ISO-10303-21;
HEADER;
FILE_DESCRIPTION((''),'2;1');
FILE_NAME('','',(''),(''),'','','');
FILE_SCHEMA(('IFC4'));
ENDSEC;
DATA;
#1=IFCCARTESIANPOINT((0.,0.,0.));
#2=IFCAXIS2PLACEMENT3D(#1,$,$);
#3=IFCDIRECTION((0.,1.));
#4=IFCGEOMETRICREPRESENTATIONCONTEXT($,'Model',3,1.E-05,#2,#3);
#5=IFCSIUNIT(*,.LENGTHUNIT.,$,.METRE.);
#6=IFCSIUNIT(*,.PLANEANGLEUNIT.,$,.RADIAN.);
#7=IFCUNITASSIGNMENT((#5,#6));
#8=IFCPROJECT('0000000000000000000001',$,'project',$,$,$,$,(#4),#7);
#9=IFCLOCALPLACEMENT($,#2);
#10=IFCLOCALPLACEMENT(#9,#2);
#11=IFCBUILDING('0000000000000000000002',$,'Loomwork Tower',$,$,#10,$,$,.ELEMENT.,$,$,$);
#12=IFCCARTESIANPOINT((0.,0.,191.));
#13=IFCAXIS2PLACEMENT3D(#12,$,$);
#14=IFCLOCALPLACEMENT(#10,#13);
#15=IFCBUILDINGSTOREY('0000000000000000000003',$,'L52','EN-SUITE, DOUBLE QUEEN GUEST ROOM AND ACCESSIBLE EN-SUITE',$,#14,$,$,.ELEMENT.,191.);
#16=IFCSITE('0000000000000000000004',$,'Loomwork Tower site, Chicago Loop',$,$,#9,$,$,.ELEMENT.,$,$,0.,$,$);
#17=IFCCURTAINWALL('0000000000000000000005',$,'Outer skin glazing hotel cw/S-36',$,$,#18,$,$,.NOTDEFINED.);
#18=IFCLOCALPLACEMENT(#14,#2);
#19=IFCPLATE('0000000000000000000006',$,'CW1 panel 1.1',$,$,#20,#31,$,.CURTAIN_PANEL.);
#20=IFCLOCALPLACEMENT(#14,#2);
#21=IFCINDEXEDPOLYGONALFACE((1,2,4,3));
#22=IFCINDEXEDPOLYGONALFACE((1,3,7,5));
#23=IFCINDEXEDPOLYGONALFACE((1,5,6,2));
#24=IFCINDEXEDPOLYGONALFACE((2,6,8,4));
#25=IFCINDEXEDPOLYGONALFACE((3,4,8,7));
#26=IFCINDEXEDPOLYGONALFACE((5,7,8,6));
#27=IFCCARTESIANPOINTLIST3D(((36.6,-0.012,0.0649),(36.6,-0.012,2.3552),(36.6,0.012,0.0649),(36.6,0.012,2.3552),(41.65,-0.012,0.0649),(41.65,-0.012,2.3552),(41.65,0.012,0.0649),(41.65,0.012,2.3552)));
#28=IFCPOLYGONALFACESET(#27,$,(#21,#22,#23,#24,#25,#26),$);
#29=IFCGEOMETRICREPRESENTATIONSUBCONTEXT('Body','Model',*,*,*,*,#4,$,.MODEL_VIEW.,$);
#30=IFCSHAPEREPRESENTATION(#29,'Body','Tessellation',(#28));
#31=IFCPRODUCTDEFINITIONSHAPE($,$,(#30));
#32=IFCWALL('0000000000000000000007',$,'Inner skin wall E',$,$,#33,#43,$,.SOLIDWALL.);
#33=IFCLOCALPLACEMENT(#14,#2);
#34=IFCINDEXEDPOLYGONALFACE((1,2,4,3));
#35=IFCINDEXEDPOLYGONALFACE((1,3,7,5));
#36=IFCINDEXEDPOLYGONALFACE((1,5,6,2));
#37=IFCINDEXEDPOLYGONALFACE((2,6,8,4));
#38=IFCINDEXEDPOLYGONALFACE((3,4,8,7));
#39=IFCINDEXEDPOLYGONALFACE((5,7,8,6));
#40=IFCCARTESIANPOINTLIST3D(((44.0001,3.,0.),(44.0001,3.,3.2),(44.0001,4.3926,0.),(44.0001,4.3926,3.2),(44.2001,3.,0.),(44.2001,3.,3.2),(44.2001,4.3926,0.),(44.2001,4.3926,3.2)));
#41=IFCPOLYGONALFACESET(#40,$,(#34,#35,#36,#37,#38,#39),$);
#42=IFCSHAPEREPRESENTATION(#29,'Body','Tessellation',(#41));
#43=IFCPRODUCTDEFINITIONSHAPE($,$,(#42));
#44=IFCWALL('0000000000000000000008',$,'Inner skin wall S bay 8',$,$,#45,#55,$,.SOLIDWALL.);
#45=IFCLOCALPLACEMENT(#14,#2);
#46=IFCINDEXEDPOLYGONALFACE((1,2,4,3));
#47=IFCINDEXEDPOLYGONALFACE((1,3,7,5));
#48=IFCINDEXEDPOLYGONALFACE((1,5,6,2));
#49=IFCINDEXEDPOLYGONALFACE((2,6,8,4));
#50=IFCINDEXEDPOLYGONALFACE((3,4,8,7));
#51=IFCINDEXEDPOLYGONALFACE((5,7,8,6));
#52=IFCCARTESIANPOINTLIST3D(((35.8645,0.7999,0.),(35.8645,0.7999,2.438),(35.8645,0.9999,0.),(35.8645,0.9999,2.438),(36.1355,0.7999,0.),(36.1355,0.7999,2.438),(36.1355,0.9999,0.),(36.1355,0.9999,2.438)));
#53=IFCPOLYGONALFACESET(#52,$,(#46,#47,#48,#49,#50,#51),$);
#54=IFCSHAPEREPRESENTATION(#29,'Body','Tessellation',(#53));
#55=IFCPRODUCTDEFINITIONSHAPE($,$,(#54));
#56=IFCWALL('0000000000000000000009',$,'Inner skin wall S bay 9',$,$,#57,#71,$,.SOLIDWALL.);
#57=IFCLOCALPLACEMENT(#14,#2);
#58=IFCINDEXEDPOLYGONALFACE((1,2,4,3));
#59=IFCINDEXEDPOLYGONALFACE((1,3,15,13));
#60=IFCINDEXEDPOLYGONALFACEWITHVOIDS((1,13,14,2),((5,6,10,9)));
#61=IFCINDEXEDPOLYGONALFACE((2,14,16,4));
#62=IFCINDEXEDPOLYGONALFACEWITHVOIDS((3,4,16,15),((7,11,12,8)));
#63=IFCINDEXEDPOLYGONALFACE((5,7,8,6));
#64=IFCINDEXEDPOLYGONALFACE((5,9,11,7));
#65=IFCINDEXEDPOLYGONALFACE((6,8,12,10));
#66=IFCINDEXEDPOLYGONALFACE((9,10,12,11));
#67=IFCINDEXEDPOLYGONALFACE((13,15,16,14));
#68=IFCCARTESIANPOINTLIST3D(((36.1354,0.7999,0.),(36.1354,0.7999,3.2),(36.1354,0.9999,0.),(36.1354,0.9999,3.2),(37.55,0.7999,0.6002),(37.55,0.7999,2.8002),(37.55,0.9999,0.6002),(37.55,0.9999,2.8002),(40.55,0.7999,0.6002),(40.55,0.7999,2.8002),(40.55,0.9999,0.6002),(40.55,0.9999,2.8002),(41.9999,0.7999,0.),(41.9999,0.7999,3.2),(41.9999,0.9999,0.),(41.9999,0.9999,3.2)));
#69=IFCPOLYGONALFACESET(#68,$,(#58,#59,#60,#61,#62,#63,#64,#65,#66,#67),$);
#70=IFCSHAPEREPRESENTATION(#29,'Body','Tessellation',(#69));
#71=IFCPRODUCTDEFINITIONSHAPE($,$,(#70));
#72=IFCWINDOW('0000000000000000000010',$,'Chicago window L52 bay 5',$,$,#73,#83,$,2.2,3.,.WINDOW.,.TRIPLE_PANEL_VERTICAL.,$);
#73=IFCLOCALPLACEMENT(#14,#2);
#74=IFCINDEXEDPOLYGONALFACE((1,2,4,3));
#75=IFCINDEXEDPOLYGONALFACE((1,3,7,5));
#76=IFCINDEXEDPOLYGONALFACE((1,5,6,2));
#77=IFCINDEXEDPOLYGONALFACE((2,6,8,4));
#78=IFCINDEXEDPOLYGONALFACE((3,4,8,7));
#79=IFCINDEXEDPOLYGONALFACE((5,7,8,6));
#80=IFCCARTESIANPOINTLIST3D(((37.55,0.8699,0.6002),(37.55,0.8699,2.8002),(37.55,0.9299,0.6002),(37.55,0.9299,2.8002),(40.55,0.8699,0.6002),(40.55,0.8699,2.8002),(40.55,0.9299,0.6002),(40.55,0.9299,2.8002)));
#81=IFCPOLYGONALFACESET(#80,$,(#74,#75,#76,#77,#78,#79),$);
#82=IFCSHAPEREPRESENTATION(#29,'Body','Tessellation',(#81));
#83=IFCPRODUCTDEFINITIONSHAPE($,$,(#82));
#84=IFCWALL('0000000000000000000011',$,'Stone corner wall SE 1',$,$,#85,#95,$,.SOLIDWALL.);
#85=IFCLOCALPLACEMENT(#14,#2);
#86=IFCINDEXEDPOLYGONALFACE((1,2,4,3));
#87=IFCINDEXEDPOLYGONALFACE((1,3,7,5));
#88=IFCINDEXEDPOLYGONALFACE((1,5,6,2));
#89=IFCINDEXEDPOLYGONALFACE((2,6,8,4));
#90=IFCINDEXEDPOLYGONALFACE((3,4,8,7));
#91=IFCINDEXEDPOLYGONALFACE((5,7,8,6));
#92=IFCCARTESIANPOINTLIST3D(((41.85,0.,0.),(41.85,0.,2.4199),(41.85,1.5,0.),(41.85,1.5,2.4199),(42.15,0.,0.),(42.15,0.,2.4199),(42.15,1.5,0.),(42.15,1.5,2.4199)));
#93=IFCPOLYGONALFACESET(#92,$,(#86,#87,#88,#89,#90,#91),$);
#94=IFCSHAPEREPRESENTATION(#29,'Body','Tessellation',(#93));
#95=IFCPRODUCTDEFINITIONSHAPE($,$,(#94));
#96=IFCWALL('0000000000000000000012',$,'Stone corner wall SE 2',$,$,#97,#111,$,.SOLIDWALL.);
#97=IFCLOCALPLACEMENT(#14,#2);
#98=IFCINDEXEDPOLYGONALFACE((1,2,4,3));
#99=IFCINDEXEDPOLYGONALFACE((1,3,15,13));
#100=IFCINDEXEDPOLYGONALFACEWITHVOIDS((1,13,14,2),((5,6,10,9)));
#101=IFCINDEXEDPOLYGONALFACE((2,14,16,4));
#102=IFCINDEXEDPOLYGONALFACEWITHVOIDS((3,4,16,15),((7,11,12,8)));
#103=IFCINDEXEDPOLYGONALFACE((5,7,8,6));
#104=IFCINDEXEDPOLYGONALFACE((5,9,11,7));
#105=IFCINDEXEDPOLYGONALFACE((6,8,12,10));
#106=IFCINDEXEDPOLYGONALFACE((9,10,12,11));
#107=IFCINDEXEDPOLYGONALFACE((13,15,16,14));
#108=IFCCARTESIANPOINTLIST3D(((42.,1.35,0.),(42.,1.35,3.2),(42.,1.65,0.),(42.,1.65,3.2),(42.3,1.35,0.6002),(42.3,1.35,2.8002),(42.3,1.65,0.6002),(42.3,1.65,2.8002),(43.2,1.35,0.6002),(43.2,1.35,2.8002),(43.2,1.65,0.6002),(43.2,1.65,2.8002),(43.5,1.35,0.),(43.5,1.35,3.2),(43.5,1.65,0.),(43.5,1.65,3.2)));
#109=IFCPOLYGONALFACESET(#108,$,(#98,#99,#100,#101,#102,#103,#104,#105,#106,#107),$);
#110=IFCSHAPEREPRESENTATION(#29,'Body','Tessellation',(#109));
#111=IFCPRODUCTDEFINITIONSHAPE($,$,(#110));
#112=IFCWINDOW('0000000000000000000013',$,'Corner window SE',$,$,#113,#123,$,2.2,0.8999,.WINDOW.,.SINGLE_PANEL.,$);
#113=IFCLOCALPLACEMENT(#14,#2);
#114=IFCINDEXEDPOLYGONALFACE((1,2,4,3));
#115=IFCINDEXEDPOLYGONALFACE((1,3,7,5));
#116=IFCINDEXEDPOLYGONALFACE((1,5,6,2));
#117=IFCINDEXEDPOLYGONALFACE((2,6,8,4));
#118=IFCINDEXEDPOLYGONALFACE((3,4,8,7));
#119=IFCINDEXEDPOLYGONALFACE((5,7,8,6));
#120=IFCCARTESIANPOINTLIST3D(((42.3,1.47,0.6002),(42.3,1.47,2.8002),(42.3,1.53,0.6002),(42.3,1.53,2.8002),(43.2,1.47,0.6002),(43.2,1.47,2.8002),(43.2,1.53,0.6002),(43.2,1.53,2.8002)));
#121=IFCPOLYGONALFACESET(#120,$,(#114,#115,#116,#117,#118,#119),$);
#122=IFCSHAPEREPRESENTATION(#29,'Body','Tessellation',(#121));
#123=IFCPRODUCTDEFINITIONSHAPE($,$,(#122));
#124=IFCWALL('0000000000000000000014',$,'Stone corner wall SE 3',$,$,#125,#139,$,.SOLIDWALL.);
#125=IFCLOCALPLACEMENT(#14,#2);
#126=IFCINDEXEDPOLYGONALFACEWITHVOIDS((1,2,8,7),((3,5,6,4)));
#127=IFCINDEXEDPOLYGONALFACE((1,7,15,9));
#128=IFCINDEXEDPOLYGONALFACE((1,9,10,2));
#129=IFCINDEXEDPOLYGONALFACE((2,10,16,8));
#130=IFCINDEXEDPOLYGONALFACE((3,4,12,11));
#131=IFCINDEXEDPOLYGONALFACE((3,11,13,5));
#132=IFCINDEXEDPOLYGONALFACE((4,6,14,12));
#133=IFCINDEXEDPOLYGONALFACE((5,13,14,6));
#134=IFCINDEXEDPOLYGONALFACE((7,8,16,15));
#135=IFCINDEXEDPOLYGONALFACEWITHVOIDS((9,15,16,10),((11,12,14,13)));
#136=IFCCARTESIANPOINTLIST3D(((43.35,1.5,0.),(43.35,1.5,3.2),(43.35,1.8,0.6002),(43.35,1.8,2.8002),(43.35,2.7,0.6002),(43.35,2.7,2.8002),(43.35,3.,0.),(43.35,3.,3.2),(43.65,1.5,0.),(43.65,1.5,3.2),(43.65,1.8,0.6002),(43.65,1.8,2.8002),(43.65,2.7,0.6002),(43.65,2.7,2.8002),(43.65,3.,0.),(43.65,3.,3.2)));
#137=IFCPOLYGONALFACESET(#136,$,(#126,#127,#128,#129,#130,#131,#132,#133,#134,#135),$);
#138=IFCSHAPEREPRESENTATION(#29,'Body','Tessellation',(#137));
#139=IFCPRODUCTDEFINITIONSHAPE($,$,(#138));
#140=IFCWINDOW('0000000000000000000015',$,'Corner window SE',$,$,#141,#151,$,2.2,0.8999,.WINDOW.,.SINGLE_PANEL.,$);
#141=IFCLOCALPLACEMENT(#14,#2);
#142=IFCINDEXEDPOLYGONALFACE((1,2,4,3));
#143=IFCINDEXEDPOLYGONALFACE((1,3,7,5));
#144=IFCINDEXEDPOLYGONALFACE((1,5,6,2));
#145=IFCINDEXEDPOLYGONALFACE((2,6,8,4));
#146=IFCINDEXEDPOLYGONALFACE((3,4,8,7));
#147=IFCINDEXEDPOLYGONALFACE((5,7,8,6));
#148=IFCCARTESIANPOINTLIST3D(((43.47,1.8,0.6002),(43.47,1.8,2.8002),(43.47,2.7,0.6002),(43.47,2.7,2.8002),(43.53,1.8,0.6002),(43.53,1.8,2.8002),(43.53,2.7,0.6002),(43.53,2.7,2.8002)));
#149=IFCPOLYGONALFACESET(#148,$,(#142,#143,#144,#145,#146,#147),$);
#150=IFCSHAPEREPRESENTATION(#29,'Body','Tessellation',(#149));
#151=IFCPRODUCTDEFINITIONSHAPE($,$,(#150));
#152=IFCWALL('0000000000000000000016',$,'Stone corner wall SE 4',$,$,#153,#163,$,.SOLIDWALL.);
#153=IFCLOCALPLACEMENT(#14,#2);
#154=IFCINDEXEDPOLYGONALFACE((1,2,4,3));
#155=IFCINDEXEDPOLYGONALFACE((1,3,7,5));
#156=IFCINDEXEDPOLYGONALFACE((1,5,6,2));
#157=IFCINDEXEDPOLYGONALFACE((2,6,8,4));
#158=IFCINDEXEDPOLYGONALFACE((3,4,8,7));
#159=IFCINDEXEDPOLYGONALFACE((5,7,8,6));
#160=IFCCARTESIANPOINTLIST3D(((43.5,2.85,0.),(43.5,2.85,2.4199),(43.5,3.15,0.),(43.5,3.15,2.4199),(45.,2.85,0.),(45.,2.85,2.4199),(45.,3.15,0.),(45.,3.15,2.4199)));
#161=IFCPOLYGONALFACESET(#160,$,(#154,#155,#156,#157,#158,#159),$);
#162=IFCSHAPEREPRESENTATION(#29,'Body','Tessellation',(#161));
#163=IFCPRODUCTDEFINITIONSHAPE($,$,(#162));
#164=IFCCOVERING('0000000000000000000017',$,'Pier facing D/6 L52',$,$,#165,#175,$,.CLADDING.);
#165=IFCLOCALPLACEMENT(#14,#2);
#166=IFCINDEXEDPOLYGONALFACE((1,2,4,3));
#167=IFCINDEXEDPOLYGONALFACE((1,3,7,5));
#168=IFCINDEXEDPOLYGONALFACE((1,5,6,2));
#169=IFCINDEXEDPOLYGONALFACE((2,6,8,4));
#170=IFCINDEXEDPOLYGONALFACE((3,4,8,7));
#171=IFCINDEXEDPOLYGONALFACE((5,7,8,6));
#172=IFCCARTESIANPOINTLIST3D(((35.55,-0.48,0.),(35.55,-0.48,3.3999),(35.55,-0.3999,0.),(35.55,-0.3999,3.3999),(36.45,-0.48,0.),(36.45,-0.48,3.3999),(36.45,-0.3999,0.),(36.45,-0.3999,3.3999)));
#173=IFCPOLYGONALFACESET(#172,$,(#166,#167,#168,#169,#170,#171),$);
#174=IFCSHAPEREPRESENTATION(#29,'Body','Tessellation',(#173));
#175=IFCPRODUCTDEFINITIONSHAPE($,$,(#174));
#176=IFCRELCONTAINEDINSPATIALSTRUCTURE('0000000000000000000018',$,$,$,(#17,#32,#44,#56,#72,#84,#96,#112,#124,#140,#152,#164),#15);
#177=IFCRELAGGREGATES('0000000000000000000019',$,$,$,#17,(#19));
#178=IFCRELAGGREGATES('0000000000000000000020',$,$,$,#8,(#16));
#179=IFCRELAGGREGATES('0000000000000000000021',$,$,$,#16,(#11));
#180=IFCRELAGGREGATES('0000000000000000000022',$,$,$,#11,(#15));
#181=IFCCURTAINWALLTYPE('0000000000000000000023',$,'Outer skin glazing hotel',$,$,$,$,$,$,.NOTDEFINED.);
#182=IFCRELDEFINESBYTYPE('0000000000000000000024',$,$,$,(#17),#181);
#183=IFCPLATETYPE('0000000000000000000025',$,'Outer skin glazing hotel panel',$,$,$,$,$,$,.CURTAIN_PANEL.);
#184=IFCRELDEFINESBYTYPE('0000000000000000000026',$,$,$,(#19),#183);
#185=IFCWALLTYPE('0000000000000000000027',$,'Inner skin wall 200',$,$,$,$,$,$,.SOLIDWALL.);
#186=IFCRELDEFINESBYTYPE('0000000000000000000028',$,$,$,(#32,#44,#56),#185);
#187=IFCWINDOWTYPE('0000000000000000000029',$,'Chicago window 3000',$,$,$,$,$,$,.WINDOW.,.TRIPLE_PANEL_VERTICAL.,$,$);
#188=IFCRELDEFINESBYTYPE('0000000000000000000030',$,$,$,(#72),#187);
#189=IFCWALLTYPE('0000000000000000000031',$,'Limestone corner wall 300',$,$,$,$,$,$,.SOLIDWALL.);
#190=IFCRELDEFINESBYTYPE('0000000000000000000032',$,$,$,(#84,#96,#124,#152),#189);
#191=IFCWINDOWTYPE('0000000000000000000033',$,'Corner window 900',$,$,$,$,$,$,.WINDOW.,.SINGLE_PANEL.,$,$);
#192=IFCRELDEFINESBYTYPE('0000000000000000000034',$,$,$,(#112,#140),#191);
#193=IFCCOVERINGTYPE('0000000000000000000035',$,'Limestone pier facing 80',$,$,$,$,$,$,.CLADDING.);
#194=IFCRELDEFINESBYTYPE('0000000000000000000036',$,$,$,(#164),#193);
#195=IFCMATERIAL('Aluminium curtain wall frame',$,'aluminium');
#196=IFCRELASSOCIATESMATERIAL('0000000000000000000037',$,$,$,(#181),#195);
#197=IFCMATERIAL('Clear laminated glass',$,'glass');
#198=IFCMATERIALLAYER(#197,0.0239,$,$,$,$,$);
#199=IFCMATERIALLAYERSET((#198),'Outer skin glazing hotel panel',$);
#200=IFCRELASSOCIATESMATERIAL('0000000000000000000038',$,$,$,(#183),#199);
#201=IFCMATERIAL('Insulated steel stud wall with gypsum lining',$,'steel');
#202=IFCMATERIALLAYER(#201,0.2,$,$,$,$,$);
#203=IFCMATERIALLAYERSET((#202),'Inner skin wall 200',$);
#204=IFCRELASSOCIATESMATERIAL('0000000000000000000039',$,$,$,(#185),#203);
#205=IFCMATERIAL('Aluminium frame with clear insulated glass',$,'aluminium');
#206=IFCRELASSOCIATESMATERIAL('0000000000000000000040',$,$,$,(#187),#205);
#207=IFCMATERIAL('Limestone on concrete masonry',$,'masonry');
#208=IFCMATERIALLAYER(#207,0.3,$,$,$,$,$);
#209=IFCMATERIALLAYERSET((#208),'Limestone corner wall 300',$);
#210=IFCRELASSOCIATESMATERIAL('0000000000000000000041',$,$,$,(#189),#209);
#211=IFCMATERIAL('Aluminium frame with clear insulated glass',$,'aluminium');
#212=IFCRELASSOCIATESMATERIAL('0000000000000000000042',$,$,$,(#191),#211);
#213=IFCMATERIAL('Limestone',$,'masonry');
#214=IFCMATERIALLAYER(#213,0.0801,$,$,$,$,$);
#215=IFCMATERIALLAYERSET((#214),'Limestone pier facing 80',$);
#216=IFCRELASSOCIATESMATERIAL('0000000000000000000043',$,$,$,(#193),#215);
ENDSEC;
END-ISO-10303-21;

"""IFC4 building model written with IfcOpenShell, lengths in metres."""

from ifc_helpers import new_model, si_unit, direction, frame, frame_2d, origin, origin_2d, place, context, subcontext, project, spatial, rectangle, extrude, material, layer, layer_set, type_object, element, fill, aggregate, save


model = new_model("IFC4")

# Units and contexts
model_context = context("Model", 3, precision=1e-05, world=origin(), true_north=direction((0.0, 1.0)))
body_context = subcontext(model_context, "Body", "Model", "MODEL_VIEW")
ifc_project = project(units=[si_unit("LENGTHUNIT", "METRE"), si_unit("PLANEANGLEUNIT", "RADIAN")], contexts=[model_context])

# Site, building, storey
site_placement = place(None, origin())
site = spatial("IfcSite", under=ifc_project, at=site_placement, Name="Loomwork Tower site, Chicago Loop", CompositionType="ELEMENT", RefElevation=0.0)
building_placement = place(site_placement, origin())
building = spatial("IfcBuilding", under=site, at=building_placement, Name="Loomwork Tower", CompositionType="ELEMENT")
storey_placement = place(building_placement, frame((0.0, 0.0, 191.0)))
storey = spatial("IfcBuildingStorey", under=building, at=storey_placement, Name="L52", Description="EN-SUITE, DOUBLE QUEEN GUEST ROOM AND ACCESSIBLE EN-SUITE", CompositionType="ELEMENT", Elevation=191.0)

# Curtain wall
ifc_material_1 = material(Name="Aluminium curtain wall frame", Category="aluminium")
curtain_wall_type = type_object("IfcCurtainWallType", Name="Outer skin glazing hotel", PredefinedType="NOTDEFINED", material=ifc_material_1)
curtain_wall_1_placement = place(storey_placement, origin())
curtain_wall_1 = element("IfcCurtainWall", 1, at=curtain_wall_1_placement, inside=storey, type_object=curtain_wall_type, Name="Outer skin glazing hotel cw/S-36", PredefinedType="NOTDEFINED")

# Plate
ifc_material_2 = material(Name="Clear laminated glass", Category="glass")
ifc_layer_1 = layer(ifc_material_2, 0.0239)
ifc_layer_set_1 = layer_set([ifc_layer_1], Name="Outer skin glazing hotel panel")
plate_type = type_object("IfcPlateType", Name="Outer skin glazing hotel panel", PredefinedType="CURTAIN_PANEL", material=ifc_layer_set_1)
plate_placement = place(storey_placement, frame((39.125, 0.0, 0.0649), z_axis=(0.0, 0.0, 1.0), x_axis=(1.0, 0.0, 0.0)))
plate = element("IfcPlate", 2, at=plate_placement, type_object=plate_type, Name="CW1 panel 1.1", PredefinedType="CURTAIN_PANEL", context=body_context, shape_type="SweptSolid", body=[
    extrude(rectangle(XDim=5.05, YDim=0.0239, at=origin_2d()), origin(), (0.0, 0.0, 1.0), 2.2903),
])
aggregate(curtain_wall_1, [plate])

# Walls
ifc_material_3 = material(Name="Insulated steel stud wall with gypsum lining", Category="steel")
ifc_layer_2 = layer(ifc_material_3, 0.2)
ifc_layer_set_2 = layer_set([ifc_layer_2], Name="Inner skin wall 200")
wall_type_1 = type_object("IfcWallType", Name="Inner skin wall 200", PredefinedType="SOLIDWALL", material=ifc_layer_set_2)
wall_1_placement = place(storey_placement, frame((44.1001, 3.0, 0.0), z_axis=(0.0, 0.0, 1.0), x_axis=(0.0, 1.0, 0.0)))
element("IfcWall", 3, at=wall_1_placement, inside=storey, type_object=wall_type_1, Name="Inner skin wall E", PredefinedType="SOLIDWALL", context=body_context, shape_type="SweptSolid", body=[
    extrude(rectangle(XDim=1.3926, YDim=0.2, at=frame_2d((0.6963, 0.0))), origin(), (0.0, 0.0, 1.0), 3.2),
])
wall_2_placement = place(storey_placement, frame((35.8645, 0.8999, 0.0), z_axis=(0.0, 0.0, 1.0), x_axis=(1.0, 0.0, 0.0)))
element("IfcWall", 4, at=wall_2_placement, inside=storey, type_object=wall_type_1, Name="Inner skin wall S bay 8", PredefinedType="SOLIDWALL", context=body_context, shape_type="SweptSolid", body=[
    extrude(rectangle(XDim=0.271, YDim=0.2, at=frame_2d((0.1355, 0.0))), origin(), (0.0, 0.0, 1.0), 2.438),
])

# Wall, opening, window
wall_3_placement = place(storey_placement, frame((36.1355, 0.8999, 0.0), z_axis=(0.0, 0.0, 1.0), x_axis=(1.0, 0.0, 0.0)))
wall_3 = element("IfcWall", 5, at=wall_3_placement, inside=storey, type_object=wall_type_1, Name="Inner skin wall S bay 9", PredefinedType="SOLIDWALL", context=body_context, shape_type="SweptSolid", body=[
    extrude(rectangle(XDim=5.8645, YDim=0.2, at=frame_2d((2.9321, 0.0))), origin(), (0.0, 0.0, 1.0), 3.2),
])
opening_1_placement = place(wall_3_placement, frame((1.4146, 0.0, 0.6001)))
opening_1 = element("IfcOpeningElement", 6, at=opening_1_placement, cuts=wall_3, PredefinedType="OPENING", context=body_context, shape_type="SweptSolid", body=[
    extrude(rectangle(XDim=3.0, YDim=2.2, at=frame_2d((1.5, 1.1001))), frame((0.0, 0.1099, 0.0), z_axis=(0.0, -1.0, 0.0), x_axis=(1.0, 0.0, 0.0)), (0.0, 0.0, 1.0), 0.22),
])
ifc_material_4 = material(Name="Aluminium frame with clear insulated glass", Category="aluminium")
window_type_1 = type_object("IfcWindowType", Name="Chicago window 3000", PartitioningType="TRIPLE_PANEL_VERTICAL", PredefinedType="WINDOW", material=ifc_material_4)
window_1_placement = place(opening_1_placement, origin())
window_1 = element("IfcWindow", 7, at=window_1_placement, inside=storey, type_object=window_type_1, Name="Chicago window L52 bay 5", OverallHeight=2.2, OverallWidth=3.0, PartitioningType="TRIPLE_PANEL_VERTICAL", PredefinedType="WINDOW", context=body_context, shape_type="SweptSolid", body=[
    extrude(rectangle(XDim=3.0, YDim=2.2, at=frame_2d((1.5, 1.1001))), frame((0.0, 0.03, 0.0), z_axis=(0.0, -1.0, 0.0), x_axis=(1.0, 0.0, 0.0)), (0.0, 0.0, 1.0), 0.0601),
])
fill(opening_1, window_1)

# Wall
ifc_material_5 = material(Name="Limestone on concrete masonry", Category="masonry")
ifc_layer_3 = layer(ifc_material_5, 0.3)
ifc_layer_set_3 = layer_set([ifc_layer_3], Name="Limestone corner wall 300")
wall_type_2 = type_object("IfcWallType", Name="Limestone corner wall 300", PredefinedType="SOLIDWALL", material=ifc_layer_set_3)
wall_4_placement = place(storey_placement, frame((42.0, 0.0, 0.0), z_axis=(0.0, 0.0, 1.0), x_axis=(0.0, 1.0, 0.0)))
element("IfcWall", 8, at=wall_4_placement, inside=storey, type_object=wall_type_2, Name="Stone corner wall SE 1", PredefinedType="SOLIDWALL", context=body_context, shape_type="SweptSolid", body=[
    extrude(rectangle(XDim=1.5, YDim=0.3, at=frame_2d((0.75, 0.0))), origin(), (0.0, 0.0, 1.0), 2.4199),
])

# Walls, openings, windows
wall_5_placement = place(storey_placement, frame((42.0, 1.5, 0.0), z_axis=(0.0, 0.0, 1.0), x_axis=(1.0, 0.0, 0.0)))
wall_5 = element("IfcWall", 9, at=wall_5_placement, inside=storey, type_object=wall_type_2, Name="Stone corner wall SE 2", PredefinedType="SOLIDWALL", context=body_context, shape_type="SweptSolid", body=[
    extrude(rectangle(XDim=1.5, YDim=0.3, at=frame_2d((0.75, 0.0))), origin(), (0.0, 0.0, 1.0), 3.2),
])
opening_2_placement = place(wall_5_placement, frame((0.3, 0.0, 0.6001)))
opening_2 = element("IfcOpeningElement", 10, at=opening_2_placement, cuts=wall_5, PredefinedType="OPENING", context=body_context, shape_type="SweptSolid", body=[
    extrude(rectangle(XDim=0.8999, YDim=2.2, at=frame_2d((0.45, 1.1001))), frame((0.0, 0.1599, 0.0), z_axis=(0.0, -1.0, 0.0), x_axis=(1.0, 0.0, 0.0)), (0.0, 0.0, 1.0), 0.3201),
])
ifc_material_6 = material(Name="Aluminium frame with clear insulated glass", Category="aluminium")
window_type_2 = type_object("IfcWindowType", Name="Corner window 900", PartitioningType="SINGLE_PANEL", PredefinedType="WINDOW", material=ifc_material_6)
window_2_placement = place(opening_2_placement, origin())
window_2 = element("IfcWindow", 11, at=window_2_placement, inside=storey, type_object=window_type_2, Name="Corner window SE", OverallHeight=2.2, OverallWidth=0.8999, PartitioningType="SINGLE_PANEL", PredefinedType="WINDOW", context=body_context, shape_type="SweptSolid", body=[
    extrude(rectangle(XDim=0.8999, YDim=2.2, at=frame_2d((0.45, 1.1001))), frame((0.0, 0.03, 0.0), z_axis=(0.0, -1.0, 0.0), x_axis=(1.0, 0.0, 0.0)), (0.0, 0.0, 1.0), 0.0601),
])
fill(opening_2, window_2)
wall_6_placement = place(storey_placement, frame((43.5, 1.5, 0.0), z_axis=(0.0, 0.0, 1.0), x_axis=(0.0, 1.0, 0.0)))
wall_6 = element("IfcWall", 12, at=wall_6_placement, inside=storey, type_object=wall_type_2, Name="Stone corner wall SE 3", PredefinedType="SOLIDWALL", context=body_context, shape_type="SweptSolid", body=[
    extrude(rectangle(XDim=1.5, YDim=0.3, at=frame_2d((0.75, 0.0))), origin(), (0.0, 0.0, 1.0), 3.2),
])
opening_3_placement = place(wall_6_placement, frame((0.3, 0.0, 0.6001)))
opening_3 = element("IfcOpeningElement", 13, at=opening_3_placement, cuts=wall_6, PredefinedType="OPENING", context=body_context, shape_type="SweptSolid", body=[
    extrude(rectangle(XDim=0.8999, YDim=2.2, at=frame_2d((0.45, 1.1001))), frame((0.0, 0.1599, 0.0), z_axis=(0.0, -1.0, 0.0), x_axis=(1.0, 0.0, 0.0)), (0.0, 0.0, 1.0), 0.3201),
])
window_3_placement = place(opening_3_placement, origin())
window_3 = element("IfcWindow", 14, at=window_3_placement, inside=storey, type_object=window_type_2, Name="Corner window SE", OverallHeight=2.2, OverallWidth=0.8999, PartitioningType="SINGLE_PANEL", PredefinedType="WINDOW", context=body_context, shape_type="SweptSolid", body=[
    extrude(rectangle(XDim=0.8999, YDim=2.2, at=frame_2d((0.45, 1.1001))), frame((0.0, 0.03, 0.0), z_axis=(0.0, -1.0, 0.0), x_axis=(1.0, 0.0, 0.0)), (0.0, 0.0, 1.0), 0.0601),
])
fill(opening_3, window_3)

# Wall
wall_7_placement = place(storey_placement, frame((43.5, 3.0, 0.0), z_axis=(0.0, 0.0, 1.0), x_axis=(1.0, 0.0, 0.0)))
element("IfcWall", 15, at=wall_7_placement, inside=storey, type_object=wall_type_2, Name="Stone corner wall SE 4", PredefinedType="SOLIDWALL", context=body_context, shape_type="SweptSolid", body=[
    extrude(rectangle(XDim=1.5, YDim=0.3, at=frame_2d((0.75, 0.0))), origin(), (0.0, 0.0, 1.0), 2.4199),
])

# Covering
ifc_material_7 = material(Name="Limestone", Category="masonry")
ifc_layer_4 = layer(ifc_material_7, 0.0801)
ifc_layer_set_4 = layer_set([ifc_layer_4], Name="Limestone pier facing 80")
covering_type = type_object("IfcCoveringType", Name="Limestone pier facing 80", PredefinedType="CLADDING", material=ifc_layer_set_4)
for number, where, z_axis, x_axis, name in (
    (16, (36.0, -0.4399, 0.0), (0.0, 0.0, 1.0), (1.0, 0.0, 0.0), "Pier facing D/6 L52"),
):
    element("IfcCovering", number, at=place(storey_placement, frame(where, z_axis=z_axis, x_axis=x_axis)), inside=storey, type_object=covering_type, Name=name, PredefinedType="CLADDING", context=body_context, shape_type="SweptSolid", body=[
        extrude(rectangle(XDim=0.8999, YDim=0.0801, at=origin_2d()), origin(), (0.0, 0.0, 1.0), 3.3999),
    ])

save(model, "model.ifc")
